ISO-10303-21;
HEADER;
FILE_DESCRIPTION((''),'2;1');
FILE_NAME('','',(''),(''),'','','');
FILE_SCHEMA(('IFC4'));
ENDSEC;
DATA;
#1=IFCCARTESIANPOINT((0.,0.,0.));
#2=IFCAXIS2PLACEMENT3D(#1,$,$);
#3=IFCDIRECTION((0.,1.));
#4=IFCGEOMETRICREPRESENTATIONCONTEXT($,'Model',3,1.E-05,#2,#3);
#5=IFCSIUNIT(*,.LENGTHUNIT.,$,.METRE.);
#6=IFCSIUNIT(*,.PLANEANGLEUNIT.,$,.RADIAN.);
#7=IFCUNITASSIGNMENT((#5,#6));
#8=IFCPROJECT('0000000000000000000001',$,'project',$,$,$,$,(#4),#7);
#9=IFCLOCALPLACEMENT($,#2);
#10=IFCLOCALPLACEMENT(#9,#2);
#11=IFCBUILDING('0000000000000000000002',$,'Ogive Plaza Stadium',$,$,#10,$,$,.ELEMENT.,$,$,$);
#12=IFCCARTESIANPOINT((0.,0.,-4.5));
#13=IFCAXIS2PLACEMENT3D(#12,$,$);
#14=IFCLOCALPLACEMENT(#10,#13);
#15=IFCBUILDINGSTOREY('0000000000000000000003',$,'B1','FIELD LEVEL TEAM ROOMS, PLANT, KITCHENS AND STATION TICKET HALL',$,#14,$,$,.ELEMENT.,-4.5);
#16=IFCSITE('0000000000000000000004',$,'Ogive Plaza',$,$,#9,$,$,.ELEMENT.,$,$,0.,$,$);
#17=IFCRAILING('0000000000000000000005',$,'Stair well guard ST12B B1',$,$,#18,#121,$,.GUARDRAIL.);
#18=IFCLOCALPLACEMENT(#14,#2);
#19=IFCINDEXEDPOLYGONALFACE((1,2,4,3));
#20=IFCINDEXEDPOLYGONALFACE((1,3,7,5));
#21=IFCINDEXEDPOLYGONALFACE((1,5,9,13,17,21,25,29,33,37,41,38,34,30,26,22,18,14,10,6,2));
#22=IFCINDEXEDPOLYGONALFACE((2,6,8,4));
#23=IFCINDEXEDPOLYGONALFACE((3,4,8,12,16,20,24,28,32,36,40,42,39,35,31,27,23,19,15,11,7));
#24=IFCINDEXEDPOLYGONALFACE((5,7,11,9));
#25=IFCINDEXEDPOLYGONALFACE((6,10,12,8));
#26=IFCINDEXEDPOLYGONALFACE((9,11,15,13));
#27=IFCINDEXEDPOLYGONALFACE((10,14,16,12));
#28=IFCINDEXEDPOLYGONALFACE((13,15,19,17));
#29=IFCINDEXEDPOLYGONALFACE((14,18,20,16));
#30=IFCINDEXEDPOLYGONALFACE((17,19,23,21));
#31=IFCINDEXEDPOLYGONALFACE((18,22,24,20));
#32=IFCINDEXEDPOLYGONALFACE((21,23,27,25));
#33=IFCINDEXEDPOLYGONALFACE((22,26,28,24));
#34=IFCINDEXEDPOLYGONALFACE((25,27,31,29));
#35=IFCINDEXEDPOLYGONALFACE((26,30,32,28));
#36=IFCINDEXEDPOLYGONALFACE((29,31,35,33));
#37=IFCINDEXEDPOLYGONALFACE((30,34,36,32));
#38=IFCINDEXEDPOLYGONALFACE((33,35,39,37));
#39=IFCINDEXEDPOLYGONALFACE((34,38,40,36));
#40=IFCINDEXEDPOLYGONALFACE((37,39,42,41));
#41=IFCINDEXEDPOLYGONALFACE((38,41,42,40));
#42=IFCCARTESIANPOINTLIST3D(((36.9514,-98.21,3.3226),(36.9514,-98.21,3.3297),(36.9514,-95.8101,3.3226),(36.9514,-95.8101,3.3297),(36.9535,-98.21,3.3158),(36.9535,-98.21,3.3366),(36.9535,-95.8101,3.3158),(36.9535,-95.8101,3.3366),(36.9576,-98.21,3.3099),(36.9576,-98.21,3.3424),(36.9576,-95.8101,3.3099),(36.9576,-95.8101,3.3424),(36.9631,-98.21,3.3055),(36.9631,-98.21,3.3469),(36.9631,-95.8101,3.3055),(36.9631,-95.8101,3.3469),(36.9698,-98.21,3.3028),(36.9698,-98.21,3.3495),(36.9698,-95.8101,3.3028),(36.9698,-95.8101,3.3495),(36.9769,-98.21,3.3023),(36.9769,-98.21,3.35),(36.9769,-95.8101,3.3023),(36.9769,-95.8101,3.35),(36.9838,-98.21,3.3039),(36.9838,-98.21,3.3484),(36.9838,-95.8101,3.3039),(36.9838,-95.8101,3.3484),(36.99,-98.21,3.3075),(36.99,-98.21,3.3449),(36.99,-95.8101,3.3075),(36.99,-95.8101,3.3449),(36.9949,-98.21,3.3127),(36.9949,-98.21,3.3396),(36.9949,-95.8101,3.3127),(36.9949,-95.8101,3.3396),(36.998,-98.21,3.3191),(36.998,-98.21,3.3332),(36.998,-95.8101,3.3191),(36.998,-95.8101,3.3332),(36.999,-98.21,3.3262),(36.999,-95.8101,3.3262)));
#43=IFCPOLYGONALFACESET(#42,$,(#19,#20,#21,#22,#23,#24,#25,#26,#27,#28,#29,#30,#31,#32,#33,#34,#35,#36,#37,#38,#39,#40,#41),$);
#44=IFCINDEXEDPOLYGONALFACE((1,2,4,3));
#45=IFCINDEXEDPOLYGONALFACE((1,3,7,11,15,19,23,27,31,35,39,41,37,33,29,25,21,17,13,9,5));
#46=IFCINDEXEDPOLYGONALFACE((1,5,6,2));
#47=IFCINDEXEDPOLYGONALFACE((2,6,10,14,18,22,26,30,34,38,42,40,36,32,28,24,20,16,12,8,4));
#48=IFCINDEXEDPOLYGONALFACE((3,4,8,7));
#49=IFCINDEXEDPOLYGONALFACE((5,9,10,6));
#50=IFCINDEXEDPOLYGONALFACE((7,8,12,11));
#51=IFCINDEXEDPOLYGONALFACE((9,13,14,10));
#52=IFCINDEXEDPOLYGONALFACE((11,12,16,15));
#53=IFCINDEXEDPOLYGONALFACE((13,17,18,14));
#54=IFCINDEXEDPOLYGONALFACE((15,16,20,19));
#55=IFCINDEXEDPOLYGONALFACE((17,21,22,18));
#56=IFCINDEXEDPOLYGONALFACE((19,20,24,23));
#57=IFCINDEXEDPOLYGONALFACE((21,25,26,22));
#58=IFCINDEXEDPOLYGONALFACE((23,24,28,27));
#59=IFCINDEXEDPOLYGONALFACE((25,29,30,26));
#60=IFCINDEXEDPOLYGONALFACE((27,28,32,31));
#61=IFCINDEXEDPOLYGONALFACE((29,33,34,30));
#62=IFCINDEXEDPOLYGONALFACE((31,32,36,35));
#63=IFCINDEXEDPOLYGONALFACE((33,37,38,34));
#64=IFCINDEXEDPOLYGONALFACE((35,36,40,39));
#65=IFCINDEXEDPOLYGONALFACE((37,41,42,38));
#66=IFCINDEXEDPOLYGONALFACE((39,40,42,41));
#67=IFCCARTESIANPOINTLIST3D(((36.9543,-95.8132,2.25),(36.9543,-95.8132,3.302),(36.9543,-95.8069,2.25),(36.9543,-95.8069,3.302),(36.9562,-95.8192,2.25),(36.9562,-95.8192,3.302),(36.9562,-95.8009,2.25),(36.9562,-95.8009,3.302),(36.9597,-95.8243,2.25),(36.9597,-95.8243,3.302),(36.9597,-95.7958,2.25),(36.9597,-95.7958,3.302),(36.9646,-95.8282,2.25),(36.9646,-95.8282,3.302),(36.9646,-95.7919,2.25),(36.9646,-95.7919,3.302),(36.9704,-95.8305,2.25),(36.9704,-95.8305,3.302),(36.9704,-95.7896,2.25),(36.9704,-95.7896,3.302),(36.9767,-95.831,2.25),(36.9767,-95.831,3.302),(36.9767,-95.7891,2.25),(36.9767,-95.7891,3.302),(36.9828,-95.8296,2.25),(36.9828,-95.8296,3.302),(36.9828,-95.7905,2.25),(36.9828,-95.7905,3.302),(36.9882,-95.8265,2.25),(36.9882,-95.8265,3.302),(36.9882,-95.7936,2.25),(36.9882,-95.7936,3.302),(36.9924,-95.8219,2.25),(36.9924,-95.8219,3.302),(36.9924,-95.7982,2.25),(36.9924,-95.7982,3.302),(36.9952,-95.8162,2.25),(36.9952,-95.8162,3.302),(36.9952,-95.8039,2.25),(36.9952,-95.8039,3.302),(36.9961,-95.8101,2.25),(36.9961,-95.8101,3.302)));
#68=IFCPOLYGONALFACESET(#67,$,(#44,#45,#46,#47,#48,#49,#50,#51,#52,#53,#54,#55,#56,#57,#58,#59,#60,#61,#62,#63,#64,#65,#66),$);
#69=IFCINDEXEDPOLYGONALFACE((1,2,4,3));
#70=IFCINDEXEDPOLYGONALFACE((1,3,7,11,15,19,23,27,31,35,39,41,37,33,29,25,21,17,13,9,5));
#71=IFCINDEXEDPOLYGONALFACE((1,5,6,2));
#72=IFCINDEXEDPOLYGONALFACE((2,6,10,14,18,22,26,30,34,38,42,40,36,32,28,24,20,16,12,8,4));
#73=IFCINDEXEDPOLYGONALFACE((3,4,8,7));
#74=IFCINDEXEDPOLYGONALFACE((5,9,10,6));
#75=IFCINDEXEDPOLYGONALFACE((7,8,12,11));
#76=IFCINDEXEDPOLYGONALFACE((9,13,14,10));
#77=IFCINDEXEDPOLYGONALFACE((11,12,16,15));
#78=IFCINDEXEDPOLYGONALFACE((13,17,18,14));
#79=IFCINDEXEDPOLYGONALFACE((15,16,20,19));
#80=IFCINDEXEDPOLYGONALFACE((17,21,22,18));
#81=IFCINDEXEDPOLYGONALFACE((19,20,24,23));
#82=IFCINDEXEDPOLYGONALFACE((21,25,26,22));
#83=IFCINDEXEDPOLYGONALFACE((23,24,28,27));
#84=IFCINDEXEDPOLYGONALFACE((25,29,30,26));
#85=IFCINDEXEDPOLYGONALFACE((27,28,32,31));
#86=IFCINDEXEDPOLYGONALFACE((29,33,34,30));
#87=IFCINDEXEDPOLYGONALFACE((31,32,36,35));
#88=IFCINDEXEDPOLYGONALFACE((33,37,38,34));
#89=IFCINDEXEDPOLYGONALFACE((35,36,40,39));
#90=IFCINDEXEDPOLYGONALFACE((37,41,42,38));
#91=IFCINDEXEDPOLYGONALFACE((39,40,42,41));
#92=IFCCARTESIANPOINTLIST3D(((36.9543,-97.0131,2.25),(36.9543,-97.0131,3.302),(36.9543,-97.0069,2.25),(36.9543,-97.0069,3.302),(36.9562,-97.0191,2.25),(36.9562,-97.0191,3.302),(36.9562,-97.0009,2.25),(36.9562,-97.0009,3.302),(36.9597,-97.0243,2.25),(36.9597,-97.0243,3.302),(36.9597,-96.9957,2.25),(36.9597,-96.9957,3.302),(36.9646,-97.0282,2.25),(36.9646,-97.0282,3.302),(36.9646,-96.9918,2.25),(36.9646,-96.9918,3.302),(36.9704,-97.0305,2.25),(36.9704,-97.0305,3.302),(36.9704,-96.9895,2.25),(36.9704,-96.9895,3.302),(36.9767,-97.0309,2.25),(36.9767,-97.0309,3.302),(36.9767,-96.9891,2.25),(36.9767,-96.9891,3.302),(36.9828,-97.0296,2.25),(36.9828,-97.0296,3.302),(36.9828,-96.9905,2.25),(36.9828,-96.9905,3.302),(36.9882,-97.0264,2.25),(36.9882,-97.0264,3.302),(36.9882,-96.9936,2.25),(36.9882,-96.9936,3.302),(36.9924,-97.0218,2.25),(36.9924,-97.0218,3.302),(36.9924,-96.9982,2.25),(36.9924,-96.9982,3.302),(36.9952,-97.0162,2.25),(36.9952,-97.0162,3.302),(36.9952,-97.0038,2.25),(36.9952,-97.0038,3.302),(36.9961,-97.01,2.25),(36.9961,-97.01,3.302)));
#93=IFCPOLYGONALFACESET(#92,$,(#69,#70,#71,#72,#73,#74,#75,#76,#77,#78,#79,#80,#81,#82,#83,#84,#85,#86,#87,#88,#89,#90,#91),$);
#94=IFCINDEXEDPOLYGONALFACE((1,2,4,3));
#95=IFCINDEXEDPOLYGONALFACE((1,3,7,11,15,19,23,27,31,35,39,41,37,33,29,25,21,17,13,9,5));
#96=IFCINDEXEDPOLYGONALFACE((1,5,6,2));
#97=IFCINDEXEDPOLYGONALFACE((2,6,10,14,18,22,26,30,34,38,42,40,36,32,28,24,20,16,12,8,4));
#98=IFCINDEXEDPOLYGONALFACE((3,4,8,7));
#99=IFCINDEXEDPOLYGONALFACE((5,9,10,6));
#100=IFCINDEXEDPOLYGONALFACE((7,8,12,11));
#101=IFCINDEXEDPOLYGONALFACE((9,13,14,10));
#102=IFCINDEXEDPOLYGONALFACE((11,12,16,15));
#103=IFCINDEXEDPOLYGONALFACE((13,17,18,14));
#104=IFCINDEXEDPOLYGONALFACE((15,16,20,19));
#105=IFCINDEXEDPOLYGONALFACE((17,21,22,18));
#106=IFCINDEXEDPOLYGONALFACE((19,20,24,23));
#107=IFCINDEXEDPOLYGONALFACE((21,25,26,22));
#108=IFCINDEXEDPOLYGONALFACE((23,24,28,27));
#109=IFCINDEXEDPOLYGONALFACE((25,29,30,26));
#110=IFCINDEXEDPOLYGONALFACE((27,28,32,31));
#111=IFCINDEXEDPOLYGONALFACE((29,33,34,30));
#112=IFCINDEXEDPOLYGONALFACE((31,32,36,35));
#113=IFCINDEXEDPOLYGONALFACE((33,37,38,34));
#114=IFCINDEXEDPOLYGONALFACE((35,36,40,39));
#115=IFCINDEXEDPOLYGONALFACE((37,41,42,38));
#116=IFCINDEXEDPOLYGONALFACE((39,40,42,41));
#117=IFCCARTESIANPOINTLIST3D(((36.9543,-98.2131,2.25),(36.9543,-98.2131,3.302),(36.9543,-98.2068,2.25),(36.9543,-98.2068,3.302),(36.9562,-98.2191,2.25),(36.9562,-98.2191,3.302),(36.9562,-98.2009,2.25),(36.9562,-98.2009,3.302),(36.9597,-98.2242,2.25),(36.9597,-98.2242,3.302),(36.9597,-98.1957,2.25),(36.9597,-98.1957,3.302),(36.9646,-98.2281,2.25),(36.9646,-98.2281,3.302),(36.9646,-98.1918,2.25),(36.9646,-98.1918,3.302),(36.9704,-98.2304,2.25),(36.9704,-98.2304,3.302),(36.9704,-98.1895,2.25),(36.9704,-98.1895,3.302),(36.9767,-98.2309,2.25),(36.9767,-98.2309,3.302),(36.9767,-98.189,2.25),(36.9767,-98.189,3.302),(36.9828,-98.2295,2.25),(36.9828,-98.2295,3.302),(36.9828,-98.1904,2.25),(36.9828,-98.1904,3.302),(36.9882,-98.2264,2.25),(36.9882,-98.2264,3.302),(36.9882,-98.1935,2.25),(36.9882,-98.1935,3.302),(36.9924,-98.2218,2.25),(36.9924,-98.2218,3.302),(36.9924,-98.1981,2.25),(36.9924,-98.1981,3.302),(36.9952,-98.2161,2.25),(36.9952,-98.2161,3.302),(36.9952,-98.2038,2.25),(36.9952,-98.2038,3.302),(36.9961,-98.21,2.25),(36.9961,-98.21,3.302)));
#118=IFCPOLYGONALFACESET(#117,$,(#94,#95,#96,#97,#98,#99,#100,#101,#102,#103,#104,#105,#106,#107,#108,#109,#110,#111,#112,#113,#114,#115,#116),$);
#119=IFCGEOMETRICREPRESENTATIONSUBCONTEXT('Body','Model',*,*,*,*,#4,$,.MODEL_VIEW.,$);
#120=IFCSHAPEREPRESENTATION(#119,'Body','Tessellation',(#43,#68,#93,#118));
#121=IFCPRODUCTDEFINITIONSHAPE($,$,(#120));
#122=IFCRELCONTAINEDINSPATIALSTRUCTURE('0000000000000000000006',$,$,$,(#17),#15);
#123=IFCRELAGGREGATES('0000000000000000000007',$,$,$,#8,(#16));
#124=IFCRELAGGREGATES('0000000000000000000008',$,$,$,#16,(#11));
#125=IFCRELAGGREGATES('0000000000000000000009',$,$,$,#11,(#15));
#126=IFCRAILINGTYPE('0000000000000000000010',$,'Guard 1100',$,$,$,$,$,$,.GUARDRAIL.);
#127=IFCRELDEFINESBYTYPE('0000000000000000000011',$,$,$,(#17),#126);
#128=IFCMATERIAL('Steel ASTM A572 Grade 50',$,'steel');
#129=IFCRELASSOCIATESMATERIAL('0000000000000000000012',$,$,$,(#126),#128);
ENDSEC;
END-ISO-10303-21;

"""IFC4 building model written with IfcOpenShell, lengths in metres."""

from ifc_helpers import new_model, si_unit, direction, frame, origin, origin_2d, place, context, subcontext, project, spatial, circle, extrude, material, type_object, element, save


model = new_model("IFC4")

# Units and contexts
model_context = context("Model", 3, precision=1e-05, world=origin(), true_north=direction((0.0, 1.0)))
body_context = subcontext(model_context, "Body", "Model", "MODEL_VIEW")
ifc_project = project(units=[si_unit("LENGTHUNIT", "METRE"), si_unit("PLANEANGLEUNIT", "RADIAN")], contexts=[model_context])

# Site, building, storey
site_placement = place(None, origin())
site = spatial("IfcSite", under=ifc_project, at=site_placement, Name="Ogive Plaza", CompositionType="ELEMENT", RefElevation=0.0)
building_placement = place(site_placement, origin())
building = spatial("IfcBuilding", under=site, at=building_placement, Name="Ogive Plaza Stadium", CompositionType="ELEMENT")
storey_placement = place(building_placement, frame((0.0, 0.0, -4.5)))
storey = spatial("IfcBuildingStorey", under=building, at=storey_placement, Name="B1", Description="FIELD LEVEL TEAM ROOMS, PLANT, KITCHENS AND STATION TICKET HALL", CompositionType="ELEMENT", Elevation=-4.5)

# Railing
ifc_material_1 = material(Name="Steel ASTM A572 Grade 50", Category="steel")
railing_type_1 = type_object("IfcRailingType", Name="Guard 1100", PredefinedType="GUARDRAIL", material=ifc_material_1)
for number, where, name in (
    (1, (36.9751, -95.8101, 2.25), "Stair well guard ST12B B1"),
):
    element("IfcRailing", number, at=place(storey_placement, frame(where)), inside=storey, type_object=railing_type_1, Name=name, PredefinedType="GUARDRAIL", context=body_context, shape_type="SweptSolid", body=[
        extrude(circle(Radius=0.0239, at=origin_2d()), frame((0.0, 0.0, 1.0762), z_axis=(0.0, -1.0, 0.0), x_axis=(1.0, 0.0, 0.0)), (0.0, 0.0, 1.0), 2.3999),
        extrude(circle(Radius=0.021, at=origin_2d()), origin(), (0.0, 0.0, 1.0), 1.052),
        extrude(circle(Radius=0.021, at=origin_2d()), frame((0.0, -1.2, 0.0)), (0.0, 0.0, 1.0), 1.052),
        extrude(circle(Radius=0.021, at=origin_2d()), frame((0.0, -2.3999, 0.0)), (0.0, 0.0, 1.0), 1.052),
    ])

save(model, "model.ifc")
